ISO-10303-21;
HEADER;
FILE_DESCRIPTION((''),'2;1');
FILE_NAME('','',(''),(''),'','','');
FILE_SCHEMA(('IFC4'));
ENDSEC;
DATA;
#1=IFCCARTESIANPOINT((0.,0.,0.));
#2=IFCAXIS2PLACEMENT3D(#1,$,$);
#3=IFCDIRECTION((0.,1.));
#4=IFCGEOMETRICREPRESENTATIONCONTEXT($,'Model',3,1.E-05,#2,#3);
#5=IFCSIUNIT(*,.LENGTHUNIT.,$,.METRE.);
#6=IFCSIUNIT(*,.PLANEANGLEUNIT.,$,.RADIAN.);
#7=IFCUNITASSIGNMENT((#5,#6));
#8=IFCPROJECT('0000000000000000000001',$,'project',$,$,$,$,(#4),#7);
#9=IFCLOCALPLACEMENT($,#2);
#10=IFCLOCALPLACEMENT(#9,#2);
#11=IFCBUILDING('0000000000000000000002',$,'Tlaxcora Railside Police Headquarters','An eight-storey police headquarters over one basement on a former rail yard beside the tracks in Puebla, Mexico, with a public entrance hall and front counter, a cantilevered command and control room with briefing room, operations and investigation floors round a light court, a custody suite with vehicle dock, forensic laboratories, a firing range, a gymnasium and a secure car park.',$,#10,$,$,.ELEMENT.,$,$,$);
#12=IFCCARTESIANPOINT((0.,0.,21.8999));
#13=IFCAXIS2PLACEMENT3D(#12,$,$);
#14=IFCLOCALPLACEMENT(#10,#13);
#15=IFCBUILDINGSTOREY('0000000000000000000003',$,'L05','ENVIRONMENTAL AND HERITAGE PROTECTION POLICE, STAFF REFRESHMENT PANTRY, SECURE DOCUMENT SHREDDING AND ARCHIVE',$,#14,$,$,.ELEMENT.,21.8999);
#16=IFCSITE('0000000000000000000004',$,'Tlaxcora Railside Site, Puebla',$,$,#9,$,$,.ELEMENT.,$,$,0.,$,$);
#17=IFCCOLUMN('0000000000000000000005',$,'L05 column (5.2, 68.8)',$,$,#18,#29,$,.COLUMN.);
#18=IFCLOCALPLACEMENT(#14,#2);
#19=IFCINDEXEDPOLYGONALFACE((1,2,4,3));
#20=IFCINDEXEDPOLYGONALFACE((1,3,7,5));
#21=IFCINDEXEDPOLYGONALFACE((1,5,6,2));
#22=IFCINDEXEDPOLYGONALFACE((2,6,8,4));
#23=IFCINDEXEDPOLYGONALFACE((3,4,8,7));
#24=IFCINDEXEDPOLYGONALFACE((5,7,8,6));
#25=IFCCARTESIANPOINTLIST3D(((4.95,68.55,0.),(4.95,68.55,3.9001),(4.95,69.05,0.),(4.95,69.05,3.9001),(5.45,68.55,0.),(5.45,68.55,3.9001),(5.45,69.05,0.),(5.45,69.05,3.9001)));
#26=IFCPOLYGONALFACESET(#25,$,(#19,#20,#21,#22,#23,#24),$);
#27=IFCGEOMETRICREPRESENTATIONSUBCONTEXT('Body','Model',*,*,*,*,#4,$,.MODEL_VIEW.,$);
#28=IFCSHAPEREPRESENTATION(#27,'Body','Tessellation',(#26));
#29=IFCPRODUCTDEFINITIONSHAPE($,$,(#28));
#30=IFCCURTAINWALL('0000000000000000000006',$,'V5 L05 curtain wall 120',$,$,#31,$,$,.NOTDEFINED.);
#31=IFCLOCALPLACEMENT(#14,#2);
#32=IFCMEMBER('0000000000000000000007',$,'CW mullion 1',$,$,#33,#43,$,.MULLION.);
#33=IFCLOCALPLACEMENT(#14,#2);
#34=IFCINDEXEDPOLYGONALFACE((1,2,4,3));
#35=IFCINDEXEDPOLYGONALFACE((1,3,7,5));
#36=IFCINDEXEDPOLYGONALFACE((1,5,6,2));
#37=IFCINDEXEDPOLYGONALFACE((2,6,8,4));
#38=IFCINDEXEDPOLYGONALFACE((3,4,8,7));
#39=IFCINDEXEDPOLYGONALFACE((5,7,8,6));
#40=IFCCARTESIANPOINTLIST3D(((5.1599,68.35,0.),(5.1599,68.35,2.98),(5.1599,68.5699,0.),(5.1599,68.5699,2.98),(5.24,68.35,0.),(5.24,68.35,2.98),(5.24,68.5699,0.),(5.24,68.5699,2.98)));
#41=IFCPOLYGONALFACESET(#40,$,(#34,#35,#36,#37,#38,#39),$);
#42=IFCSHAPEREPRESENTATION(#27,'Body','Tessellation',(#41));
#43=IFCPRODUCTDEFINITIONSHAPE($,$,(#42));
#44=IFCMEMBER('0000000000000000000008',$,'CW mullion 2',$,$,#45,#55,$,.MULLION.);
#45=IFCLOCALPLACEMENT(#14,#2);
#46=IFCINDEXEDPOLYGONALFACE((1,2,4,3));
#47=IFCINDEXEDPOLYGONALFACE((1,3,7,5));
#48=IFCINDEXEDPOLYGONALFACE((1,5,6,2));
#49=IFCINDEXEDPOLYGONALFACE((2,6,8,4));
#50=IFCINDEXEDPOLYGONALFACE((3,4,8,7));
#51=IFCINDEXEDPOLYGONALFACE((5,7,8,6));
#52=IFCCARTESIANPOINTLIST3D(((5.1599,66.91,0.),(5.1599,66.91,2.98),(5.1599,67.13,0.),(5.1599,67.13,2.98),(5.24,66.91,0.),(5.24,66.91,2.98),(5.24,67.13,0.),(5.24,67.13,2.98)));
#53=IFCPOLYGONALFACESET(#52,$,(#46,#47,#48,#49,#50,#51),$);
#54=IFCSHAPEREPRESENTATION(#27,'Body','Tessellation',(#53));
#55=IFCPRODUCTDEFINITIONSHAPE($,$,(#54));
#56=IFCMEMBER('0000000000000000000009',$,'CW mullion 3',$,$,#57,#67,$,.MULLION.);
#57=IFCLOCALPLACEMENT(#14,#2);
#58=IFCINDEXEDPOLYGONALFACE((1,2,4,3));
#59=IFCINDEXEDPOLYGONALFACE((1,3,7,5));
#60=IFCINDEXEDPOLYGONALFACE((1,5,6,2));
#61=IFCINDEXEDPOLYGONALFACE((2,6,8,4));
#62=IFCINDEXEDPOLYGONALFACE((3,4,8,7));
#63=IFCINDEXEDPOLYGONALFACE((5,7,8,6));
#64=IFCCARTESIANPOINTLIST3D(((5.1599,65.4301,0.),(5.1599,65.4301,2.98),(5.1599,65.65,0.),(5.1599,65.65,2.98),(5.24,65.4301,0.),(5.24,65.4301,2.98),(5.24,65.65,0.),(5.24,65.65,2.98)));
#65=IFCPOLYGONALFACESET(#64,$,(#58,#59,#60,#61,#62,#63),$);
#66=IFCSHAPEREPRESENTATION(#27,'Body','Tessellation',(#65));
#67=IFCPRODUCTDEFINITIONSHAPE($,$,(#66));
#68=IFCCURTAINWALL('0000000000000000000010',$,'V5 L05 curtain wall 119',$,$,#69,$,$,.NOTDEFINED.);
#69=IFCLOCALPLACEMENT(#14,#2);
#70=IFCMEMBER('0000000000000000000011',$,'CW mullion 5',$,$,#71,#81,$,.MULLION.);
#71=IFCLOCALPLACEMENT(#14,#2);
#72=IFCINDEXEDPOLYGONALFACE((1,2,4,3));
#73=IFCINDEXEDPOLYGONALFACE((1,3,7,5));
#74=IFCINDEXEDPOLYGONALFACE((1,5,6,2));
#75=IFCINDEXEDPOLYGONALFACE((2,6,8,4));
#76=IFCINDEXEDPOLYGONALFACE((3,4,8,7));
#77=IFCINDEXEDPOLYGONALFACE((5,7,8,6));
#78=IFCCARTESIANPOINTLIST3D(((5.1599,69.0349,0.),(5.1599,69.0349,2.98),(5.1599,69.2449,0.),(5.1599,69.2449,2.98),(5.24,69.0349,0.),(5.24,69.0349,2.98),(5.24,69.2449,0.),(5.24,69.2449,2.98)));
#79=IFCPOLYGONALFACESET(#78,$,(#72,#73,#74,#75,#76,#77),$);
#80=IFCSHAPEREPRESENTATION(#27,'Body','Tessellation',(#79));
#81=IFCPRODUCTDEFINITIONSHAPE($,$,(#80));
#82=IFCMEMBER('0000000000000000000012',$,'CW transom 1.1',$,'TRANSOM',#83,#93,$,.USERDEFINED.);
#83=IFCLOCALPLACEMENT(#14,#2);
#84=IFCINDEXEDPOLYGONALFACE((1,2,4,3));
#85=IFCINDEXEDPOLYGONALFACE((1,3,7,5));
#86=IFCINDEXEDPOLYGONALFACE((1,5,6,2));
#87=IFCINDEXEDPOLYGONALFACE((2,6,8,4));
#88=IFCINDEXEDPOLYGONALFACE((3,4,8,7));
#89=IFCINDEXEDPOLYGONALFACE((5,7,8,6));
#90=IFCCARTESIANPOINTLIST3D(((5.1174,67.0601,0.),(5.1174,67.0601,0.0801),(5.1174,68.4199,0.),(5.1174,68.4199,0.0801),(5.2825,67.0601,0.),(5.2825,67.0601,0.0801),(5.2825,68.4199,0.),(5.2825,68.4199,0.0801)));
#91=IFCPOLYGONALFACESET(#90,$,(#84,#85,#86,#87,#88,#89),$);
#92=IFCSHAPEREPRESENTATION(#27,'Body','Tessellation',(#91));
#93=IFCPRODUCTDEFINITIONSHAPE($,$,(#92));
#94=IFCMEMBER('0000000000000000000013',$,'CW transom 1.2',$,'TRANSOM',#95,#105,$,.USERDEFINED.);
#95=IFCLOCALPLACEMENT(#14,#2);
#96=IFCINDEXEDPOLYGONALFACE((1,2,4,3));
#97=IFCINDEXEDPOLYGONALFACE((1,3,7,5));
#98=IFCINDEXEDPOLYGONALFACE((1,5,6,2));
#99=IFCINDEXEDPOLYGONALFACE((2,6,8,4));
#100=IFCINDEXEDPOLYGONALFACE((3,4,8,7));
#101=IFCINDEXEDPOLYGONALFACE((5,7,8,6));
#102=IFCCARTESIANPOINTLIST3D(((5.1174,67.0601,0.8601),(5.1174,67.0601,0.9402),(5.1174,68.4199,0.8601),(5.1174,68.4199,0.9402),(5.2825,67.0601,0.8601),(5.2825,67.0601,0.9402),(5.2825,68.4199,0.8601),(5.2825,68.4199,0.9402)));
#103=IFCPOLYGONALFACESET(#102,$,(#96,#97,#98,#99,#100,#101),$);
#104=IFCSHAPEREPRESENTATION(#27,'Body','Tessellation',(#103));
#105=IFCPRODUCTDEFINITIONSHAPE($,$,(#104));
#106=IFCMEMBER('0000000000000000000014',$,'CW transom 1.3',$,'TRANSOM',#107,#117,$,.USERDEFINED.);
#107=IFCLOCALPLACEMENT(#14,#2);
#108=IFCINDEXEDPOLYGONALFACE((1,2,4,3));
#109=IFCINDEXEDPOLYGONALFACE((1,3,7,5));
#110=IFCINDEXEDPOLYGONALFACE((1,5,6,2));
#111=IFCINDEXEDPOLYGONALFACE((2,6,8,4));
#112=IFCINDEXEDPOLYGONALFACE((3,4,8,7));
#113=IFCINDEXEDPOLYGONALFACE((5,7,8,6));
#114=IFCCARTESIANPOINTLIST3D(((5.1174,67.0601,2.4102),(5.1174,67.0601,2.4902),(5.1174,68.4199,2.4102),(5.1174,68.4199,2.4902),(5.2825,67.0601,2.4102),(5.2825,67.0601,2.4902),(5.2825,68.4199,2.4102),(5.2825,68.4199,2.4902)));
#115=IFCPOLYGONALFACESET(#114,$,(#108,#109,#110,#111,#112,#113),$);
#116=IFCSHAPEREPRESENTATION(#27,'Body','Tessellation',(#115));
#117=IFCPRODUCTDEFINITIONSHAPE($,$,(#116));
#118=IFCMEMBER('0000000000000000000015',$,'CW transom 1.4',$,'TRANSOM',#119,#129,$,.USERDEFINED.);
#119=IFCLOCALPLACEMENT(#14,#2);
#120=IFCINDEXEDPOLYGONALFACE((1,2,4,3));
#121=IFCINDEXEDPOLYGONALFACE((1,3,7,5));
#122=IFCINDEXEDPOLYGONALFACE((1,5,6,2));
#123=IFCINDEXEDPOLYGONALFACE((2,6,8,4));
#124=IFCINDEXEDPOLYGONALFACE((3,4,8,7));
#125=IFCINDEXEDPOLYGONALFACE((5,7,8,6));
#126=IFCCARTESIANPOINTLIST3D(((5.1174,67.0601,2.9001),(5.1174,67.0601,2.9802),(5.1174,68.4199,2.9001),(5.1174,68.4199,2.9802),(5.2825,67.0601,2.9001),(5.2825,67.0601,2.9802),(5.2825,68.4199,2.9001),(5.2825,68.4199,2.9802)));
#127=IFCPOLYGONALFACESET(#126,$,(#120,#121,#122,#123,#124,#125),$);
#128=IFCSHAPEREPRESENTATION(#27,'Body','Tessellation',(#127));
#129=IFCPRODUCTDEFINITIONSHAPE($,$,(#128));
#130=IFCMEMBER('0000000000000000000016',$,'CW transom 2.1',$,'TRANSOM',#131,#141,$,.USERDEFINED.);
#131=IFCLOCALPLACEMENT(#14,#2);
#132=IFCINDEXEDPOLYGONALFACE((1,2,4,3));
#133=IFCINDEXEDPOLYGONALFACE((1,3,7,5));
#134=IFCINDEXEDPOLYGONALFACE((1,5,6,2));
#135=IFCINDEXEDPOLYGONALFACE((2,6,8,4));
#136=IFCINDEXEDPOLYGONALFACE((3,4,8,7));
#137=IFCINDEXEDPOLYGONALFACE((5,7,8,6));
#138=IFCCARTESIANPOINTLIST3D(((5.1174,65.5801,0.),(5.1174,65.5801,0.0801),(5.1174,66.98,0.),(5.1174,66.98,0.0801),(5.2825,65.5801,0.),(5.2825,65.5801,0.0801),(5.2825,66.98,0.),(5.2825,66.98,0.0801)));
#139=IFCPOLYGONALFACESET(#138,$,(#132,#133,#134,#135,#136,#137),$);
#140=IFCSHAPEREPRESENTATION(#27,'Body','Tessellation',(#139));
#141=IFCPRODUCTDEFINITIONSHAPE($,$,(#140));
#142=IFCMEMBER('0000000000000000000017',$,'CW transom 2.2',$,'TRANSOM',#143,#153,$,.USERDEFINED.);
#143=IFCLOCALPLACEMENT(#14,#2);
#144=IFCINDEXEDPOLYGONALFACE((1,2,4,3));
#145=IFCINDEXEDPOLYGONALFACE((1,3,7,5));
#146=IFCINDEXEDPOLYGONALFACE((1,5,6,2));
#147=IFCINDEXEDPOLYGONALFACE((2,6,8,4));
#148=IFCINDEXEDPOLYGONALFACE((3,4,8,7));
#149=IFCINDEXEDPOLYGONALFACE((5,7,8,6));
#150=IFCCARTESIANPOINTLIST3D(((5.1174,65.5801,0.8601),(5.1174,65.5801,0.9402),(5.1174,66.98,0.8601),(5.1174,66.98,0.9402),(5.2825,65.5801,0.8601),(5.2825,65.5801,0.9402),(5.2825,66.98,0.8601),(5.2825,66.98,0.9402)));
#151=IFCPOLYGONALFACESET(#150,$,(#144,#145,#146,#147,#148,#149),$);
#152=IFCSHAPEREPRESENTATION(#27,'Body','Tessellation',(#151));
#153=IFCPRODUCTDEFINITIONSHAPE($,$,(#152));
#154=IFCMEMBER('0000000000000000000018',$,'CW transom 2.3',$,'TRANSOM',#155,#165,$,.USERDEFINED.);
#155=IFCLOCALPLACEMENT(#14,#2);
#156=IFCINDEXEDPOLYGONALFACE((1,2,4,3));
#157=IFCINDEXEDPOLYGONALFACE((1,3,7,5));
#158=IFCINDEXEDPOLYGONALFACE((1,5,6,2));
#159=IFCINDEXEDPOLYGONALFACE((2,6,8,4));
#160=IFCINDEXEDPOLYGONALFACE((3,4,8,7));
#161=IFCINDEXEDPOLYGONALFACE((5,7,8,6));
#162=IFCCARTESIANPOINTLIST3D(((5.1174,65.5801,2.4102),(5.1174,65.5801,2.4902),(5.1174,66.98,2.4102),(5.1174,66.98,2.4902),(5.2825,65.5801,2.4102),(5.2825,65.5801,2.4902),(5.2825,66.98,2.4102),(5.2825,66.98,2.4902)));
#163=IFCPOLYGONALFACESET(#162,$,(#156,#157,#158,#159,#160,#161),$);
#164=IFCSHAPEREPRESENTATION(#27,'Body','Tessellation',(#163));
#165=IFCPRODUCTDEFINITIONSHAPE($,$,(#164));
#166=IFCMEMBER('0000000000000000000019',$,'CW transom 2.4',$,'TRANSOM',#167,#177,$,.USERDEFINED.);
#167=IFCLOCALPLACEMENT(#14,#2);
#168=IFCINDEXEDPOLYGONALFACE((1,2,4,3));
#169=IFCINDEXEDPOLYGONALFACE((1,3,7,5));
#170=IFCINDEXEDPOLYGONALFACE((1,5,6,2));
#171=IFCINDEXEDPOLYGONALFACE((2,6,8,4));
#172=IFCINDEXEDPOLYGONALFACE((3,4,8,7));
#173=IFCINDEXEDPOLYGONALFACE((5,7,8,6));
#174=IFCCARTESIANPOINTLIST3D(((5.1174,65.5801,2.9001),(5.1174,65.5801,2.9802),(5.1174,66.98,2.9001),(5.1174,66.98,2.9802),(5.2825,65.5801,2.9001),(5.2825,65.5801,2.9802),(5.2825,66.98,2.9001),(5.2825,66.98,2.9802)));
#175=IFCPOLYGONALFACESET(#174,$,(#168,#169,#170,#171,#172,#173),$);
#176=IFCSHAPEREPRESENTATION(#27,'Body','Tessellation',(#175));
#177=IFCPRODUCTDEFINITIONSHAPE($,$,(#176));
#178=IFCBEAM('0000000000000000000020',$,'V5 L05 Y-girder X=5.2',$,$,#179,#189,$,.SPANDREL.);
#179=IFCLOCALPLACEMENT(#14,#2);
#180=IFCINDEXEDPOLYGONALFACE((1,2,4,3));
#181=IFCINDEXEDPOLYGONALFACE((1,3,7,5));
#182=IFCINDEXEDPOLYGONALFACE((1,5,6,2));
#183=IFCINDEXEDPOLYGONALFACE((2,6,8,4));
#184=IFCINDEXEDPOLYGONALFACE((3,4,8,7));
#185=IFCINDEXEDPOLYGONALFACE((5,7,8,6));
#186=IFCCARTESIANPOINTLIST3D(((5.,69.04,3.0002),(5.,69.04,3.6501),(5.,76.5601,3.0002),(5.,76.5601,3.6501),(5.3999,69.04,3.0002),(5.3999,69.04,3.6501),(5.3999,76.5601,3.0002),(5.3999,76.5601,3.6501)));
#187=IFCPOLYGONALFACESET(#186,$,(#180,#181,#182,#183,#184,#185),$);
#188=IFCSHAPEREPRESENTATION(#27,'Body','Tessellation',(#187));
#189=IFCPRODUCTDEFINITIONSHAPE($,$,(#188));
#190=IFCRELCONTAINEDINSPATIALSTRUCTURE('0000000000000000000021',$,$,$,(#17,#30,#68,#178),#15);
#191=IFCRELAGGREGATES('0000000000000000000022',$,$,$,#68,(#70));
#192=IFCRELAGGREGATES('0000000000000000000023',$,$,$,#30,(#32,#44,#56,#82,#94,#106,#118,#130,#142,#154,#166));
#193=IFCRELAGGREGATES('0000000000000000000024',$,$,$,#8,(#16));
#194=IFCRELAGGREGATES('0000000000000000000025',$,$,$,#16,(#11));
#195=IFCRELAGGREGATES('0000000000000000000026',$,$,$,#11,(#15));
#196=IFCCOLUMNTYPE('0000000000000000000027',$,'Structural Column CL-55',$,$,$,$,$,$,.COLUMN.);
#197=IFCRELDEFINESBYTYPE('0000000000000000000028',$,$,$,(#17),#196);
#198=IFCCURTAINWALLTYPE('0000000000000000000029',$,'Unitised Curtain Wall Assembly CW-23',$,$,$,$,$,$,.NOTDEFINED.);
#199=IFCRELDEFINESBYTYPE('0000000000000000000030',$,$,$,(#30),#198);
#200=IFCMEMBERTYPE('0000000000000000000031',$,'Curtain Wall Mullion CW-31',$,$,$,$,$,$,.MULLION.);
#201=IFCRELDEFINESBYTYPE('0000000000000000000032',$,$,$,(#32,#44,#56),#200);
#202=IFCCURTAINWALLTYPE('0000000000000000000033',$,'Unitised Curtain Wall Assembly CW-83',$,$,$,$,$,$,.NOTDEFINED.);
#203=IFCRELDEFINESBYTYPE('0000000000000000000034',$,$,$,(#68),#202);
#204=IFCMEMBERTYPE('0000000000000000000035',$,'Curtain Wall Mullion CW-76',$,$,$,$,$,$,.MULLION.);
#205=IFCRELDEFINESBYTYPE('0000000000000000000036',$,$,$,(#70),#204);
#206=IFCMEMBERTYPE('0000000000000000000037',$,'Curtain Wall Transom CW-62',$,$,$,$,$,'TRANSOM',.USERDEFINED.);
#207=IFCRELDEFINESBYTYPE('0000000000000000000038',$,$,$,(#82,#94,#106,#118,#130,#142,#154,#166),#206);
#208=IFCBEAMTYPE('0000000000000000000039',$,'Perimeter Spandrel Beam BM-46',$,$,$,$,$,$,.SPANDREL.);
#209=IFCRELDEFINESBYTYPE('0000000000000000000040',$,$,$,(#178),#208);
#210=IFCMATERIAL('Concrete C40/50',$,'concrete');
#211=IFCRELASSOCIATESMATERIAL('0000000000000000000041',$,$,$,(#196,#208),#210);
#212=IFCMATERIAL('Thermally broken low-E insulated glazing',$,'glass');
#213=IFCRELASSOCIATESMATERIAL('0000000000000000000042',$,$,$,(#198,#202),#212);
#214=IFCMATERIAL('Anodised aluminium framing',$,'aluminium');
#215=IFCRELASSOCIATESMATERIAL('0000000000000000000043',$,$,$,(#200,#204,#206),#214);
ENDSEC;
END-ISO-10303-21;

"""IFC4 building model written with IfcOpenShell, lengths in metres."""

from ifc_helpers import new_model, si_unit, direction, frame, origin, origin_2d, place, context, subcontext, project, spatial, rectangle, extrude, material, material_profile, profile_set, type_object, element, aggregate, save


model = new_model("IFC4")

# Units and contexts
model_context = context("Model", 3, precision=1e-05, world=origin(), true_north=direction((0.0, 1.0)))
body_context = subcontext(model_context, "Body", "Model", "MODEL_VIEW")
ifc_project = project(units=[si_unit("LENGTHUNIT", "METRE"), si_unit("PLANEANGLEUNIT", "RADIAN")], contexts=[model_context])

# Site, building, storey
site_placement = place(None, origin())
site = spatial("IfcSite", under=ifc_project, at=site_placement, Name="Tlaxcora Railside Site, Puebla", CompositionType="ELEMENT", RefElevation=0.0)
building_placement = place(site_placement, origin())
building = spatial("IfcBuilding", under=site, at=building_placement, Name="Tlaxcora Railside Police Headquarters", Description="An eight-storey police headquarters over one basement on a former rail yard beside the tracks in Puebla, Mexico, with a public entrance hall and front counter, a cantilevered command and control room with briefing room, operations and investigation floors round a light court, a custody suite with vehicle dock, forensic laboratories, a firing range, a gymnasium and a secure car park.", CompositionType="ELEMENT")
storey_placement = place(building_placement, frame((0.0, 0.0, 21.8999)))
storey = spatial("IfcBuildingStorey", under=building, at=storey_placement, Name="L05", Description="ENVIRONMENTAL AND HERITAGE PROTECTION POLICE, STAFF REFRESHMENT PANTRY, SECURE DOCUMENT SHREDDING AND ARCHIVE", CompositionType="ELEMENT", Elevation=21.8999)

# Column
ifc_material_1 = material(Name="Concrete C40/50", Category="concrete")
ifc_material_profile_1 = material_profile(ifc_material_1, rectangle(XDim=0.5, YDim=0.5, at=origin_2d()), Name="RC500X500")
ifc_profile_set_1 = profile_set([ifc_material_profile_1], Name="Concrete C40/50")
column_type = type_object("IfcColumnType", Name="Structural Column CL-55", PredefinedType="COLUMN", material=ifc_profile_set_1)
column_placement = place(storey_placement, frame((5.2, 68.8, 0.0), z_axis=(0.0, 0.0, 1.0), x_axis=(1.0, 0.0, 0.0)))
element("IfcColumn", 1, at=column_placement, inside=storey, type_object=column_type, Name="L05 column (5.2, 68.8)", PredefinedType="COLUMN", context=body_context, shape_type="SweptSolid", body=[
    extrude(rectangle(XDim=0.5, YDim=0.5, at=origin_2d()), origin(), (0.0, 0.0, 1.0), 3.9001),
])

# Curtain wall, members
ifc_material_2 = material(Name="Thermally broken low-E insulated glazing", Category="glass")
curtain_wall_type_1 = type_object("IfcCurtainWallType", Name="Unitised Curtain Wall Assembly CW-23", PredefinedType="NOTDEFINED", material=ifc_material_2)
curtain_wall_1_placement = place(storey_placement, origin())
curtain_wall_1 = element("IfcCurtainWall", 2, at=curtain_wall_1_placement, inside=storey, type_object=curtain_wall_type_1, Name="V5 L05 curtain wall 120", PredefinedType="NOTDEFINED")
ifc_material_3 = material(Name="Anodised aluminium framing", Category="aluminium")
ifc_material_profile_2 = material_profile(ifc_material_3, rectangle(XDim=0.0801, YDim=0.22, at=origin_2d()), Name="AL80X220")
ifc_profile_set_2 = profile_set([ifc_material_profile_2], Name="Anodised aluminium framing")
member_type_1 = type_object("IfcMemberType", Name="Curtain Wall Mullion CW-31", PredefinedType="MULLION", material=ifc_profile_set_2)
member_1_placement = place(storey_placement, frame((5.2, 68.46, 0.0), z_axis=(0.0, 0.0, 1.0), x_axis=(1.0, 0.0, 0.0)))
member_1 = element("IfcMember", 3, at=member_1_placement, type_object=member_type_1, Name="CW mullion 1", PredefinedType="MULLION", context=body_context, shape_type="SweptSolid", body=[
    extrude(rectangle(XDim=0.0801, YDim=0.22, at=origin_2d()), origin(), (0.0, 0.0, 1.0), 2.98),
])
member_2_placement = place(storey_placement, frame((5.2, 67.02, 0.0), z_axis=(0.0, 0.0, 1.0), x_axis=(1.0, 0.0, 0.0)))
member_2 = element("IfcMember", 4, at=member_2_placement, type_object=member_type_1, Name="CW mullion 2", PredefinedType="MULLION", context=body_context, shape_type="SweptSolid", body=[
    extrude(rectangle(XDim=0.0801, YDim=0.22, at=origin_2d()), origin(), (0.0, 0.0, 1.0), 2.98),
])
member_3_placement = place(storey_placement, frame((5.2, 65.54, 0.0), z_axis=(0.0, 0.0, 1.0), x_axis=(1.0, 0.0, 0.0)))
member_3 = element("IfcMember", 5, at=member_3_placement, type_object=member_type_1, Name="CW mullion 3", PredefinedType="MULLION", context=body_context, shape_type="SweptSolid", body=[
    extrude(rectangle(XDim=0.0801, YDim=0.22, at=origin_2d()), origin(), (0.0, 0.0, 1.0), 2.98),
])

# Curtain wall, member
curtain_wall_type_2 = type_object("IfcCurtainWallType", Name="Unitised Curtain Wall Assembly CW-83", PredefinedType="NOTDEFINED", material=ifc_material_2)
curtain_wall_2_placement = place(storey_placement, origin())
curtain_wall_2 = element("IfcCurtainWall", 6, at=curtain_wall_2_placement, inside=storey, type_object=curtain_wall_type_2, Name="V5 L05 curtain wall 119", PredefinedType="NOTDEFINED")
ifc_material_profile_3 = material_profile(ifc_material_3, rectangle(XDim=0.0801, YDim=0.21, at=origin_2d()), Name="AL80X210")
ifc_profile_set_3 = profile_set([ifc_material_profile_3], Name="Anodised aluminium framing")
member_type_2 = type_object("IfcMemberType", Name="Curtain Wall Mullion CW-76", PredefinedType="MULLION", material=ifc_profile_set_3)
member_4_placement = place(storey_placement, frame((5.2, 69.1399, 0.0), z_axis=(0.0, 0.0, 1.0), x_axis=(1.0, 0.0, 0.0)))
member_4 = element("IfcMember", 7, at=member_4_placement, type_object=member_type_2, Name="CW mullion 5", PredefinedType="MULLION", context=body_context, shape_type="SweptSolid", body=[
    extrude(rectangle(XDim=0.0801, YDim=0.21, at=origin_2d()), origin(), (0.0, 0.0, 1.0), 2.98),
])
aggregate(curtain_wall_2, [member_4])

# Members
ifc_material_profile_4 = material_profile(ifc_material_3, rectangle(XDim=0.165, YDim=0.0801, at=origin_2d()), Name="AL80X165")
ifc_profile_set_4 = profile_set([ifc_material_profile_4], Name="Anodised aluminium framing")
member_type_3 = type_object("IfcMemberType", Name="Curtain Wall Transom CW-62", ElementType="TRANSOM", PredefinedType="USERDEFINED", material=ifc_profile_set_4)
member_5_placement = place(storey_placement, frame((5.2, 68.4199, 0.04), z_axis=(0.0, -1.0, 0.0), x_axis=(1.0, 0.0, 0.0)))
member_5 = element("IfcMember", 8, at=member_5_placement, type_object=member_type_3, Name="CW transom 1.1", ObjectType="TRANSOM", PredefinedType="USERDEFINED", context=body_context, shape_type="SweptSolid", body=[
    extrude(rectangle(XDim=0.165, YDim=0.0801, at=origin_2d()), origin(), (0.0, 0.0, 1.0), 1.3599),
])
member_6_placement = place(storey_placement, frame((5.2, 68.4199, 0.9001), z_axis=(0.0, -1.0, 0.0), x_axis=(1.0, 0.0, 0.0)))
member_6 = element("IfcMember", 9, at=member_6_placement, type_object=member_type_3, Name="CW transom 1.2", ObjectType="TRANSOM", PredefinedType="USERDEFINED", context=body_context, shape_type="SweptSolid", body=[
    extrude(rectangle(XDim=0.165, YDim=0.0801, at=origin_2d()), origin(), (0.0, 0.0, 1.0), 1.3599),
])
member_7_placement = place(storey_placement, frame((5.2, 68.4199, 2.4502), z_axis=(0.0, -1.0, 0.0), x_axis=(1.0, 0.0, 0.0)))
member_7 = element("IfcMember", 10, at=member_7_placement, type_object=member_type_3, Name="CW transom 1.3", ObjectType="TRANSOM", PredefinedType="USERDEFINED", context=body_context, shape_type="SweptSolid", body=[
    extrude(rectangle(XDim=0.165, YDim=0.0801, at=origin_2d()), origin(), (0.0, 0.0, 1.0), 1.3599),
])
member_8_placement = place(storey_placement, frame((5.2, 68.4199, 2.9402), z_axis=(0.0, -1.0, 0.0), x_axis=(1.0, 0.0, 0.0)))
member_8 = element("IfcMember", 11, at=member_8_placement, type_object=member_type_3, Name="CW transom 1.4", ObjectType="TRANSOM", PredefinedType="USERDEFINED", context=body_context, shape_type="SweptSolid", body=[
    extrude(rectangle(XDim=0.165, YDim=0.0801, at=origin_2d()), origin(), (0.0, 0.0, 1.0), 1.3599),
])
member_9_placement = place(storey_placement, frame((5.2, 66.98, 0.04), z_axis=(0.0, -1.0, 0.0), x_axis=(1.0, 0.0, 0.0)))
member_9 = element("IfcMember", 12, at=member_9_placement, type_object=member_type_3, Name="CW transom 2.1", ObjectType="TRANSOM", PredefinedType="USERDEFINED", context=body_context, shape_type="SweptSolid", body=[
    extrude(rectangle(XDim=0.165, YDim=0.0801, at=origin_2d()), origin(), (0.0, 0.0, 1.0), 1.3999),
])
member_10_placement = place(storey_placement, frame((5.2, 66.98, 0.9001), z_axis=(0.0, -1.0, 0.0), x_axis=(1.0, 0.0, 0.0)))
member_10 = element("IfcMember", 13, at=member_10_placement, type_object=member_type_3, Name="CW transom 2.2", ObjectType="TRANSOM", PredefinedType="USERDEFINED", context=body_context, shape_type="SweptSolid", body=[
    extrude(rectangle(XDim=0.165, YDim=0.0801, at=origin_2d()), origin(), (0.0, 0.0, 1.0), 1.3999),
])
member_11_placement = place(storey_placement, frame((5.2, 66.98, 2.4502), z_axis=(0.0, -1.0, 0.0), x_axis=(1.0, 0.0, 0.0)))
member_11 = element("IfcMember", 14, at=member_11_placement, type_object=member_type_3, Name="CW transom 2.3", ObjectType="TRANSOM", PredefinedType="USERDEFINED", context=body_context, shape_type="SweptSolid", body=[
    extrude(rectangle(XDim=0.165, YDim=0.0801, at=origin_2d()), origin(), (0.0, 0.0, 1.0), 1.3999),
])
member_12_placement = place(storey_placement, frame((5.2, 66.98, 2.9402), z_axis=(0.0, -1.0, 0.0), x_axis=(1.0, 0.0, 0.0)))
member_12 = element("IfcMember", 15, at=member_12_placement, type_object=member_type_3, Name="CW transom 2.4", ObjectType="TRANSOM", PredefinedType="USERDEFINED", context=body_context, shape_type="SweptSolid", body=[
    extrude(rectangle(XDim=0.165, YDim=0.0801, at=origin_2d()), origin(), (0.0, 0.0, 1.0), 1.3999),
])

# Beam
ifc_material_profile_5 = material_profile(ifc_material_1, rectangle(XDim=0.3999, YDim=0.6499, at=origin_2d()), Name="RC400X650")
ifc_profile_set_5 = profile_set([ifc_material_profile_5], Name="Concrete C40/50")
beam_type = type_object("IfcBeamType", Name="Perimeter Spandrel Beam BM-46", PredefinedType="SPANDREL", material=ifc_profile_set_5)
beam_placement = place(storey_placement, frame((5.2, 69.04, 3.3252), z_axis=(0.0, 1.0, 0.0), x_axis=(-1.0, 0.0, 0.0)))
element("IfcBeam", 16, at=beam_placement, inside=storey, type_object=beam_type, Name="V5 L05 Y-girder X=5.2", PredefinedType="SPANDREL", context=body_context, shape_type="SweptSolid", body=[
    extrude(rectangle(XDim=0.3999, YDim=0.6499, at=origin_2d()), origin(), (0.0, 0.0, 1.0), 7.52),
])

aggregate(curtain_wall_1, [member_1, member_2, member_3, member_5, member_6, member_7, member_8, member_9, member_10, member_11, member_12])

save(model, "model.ifc")
